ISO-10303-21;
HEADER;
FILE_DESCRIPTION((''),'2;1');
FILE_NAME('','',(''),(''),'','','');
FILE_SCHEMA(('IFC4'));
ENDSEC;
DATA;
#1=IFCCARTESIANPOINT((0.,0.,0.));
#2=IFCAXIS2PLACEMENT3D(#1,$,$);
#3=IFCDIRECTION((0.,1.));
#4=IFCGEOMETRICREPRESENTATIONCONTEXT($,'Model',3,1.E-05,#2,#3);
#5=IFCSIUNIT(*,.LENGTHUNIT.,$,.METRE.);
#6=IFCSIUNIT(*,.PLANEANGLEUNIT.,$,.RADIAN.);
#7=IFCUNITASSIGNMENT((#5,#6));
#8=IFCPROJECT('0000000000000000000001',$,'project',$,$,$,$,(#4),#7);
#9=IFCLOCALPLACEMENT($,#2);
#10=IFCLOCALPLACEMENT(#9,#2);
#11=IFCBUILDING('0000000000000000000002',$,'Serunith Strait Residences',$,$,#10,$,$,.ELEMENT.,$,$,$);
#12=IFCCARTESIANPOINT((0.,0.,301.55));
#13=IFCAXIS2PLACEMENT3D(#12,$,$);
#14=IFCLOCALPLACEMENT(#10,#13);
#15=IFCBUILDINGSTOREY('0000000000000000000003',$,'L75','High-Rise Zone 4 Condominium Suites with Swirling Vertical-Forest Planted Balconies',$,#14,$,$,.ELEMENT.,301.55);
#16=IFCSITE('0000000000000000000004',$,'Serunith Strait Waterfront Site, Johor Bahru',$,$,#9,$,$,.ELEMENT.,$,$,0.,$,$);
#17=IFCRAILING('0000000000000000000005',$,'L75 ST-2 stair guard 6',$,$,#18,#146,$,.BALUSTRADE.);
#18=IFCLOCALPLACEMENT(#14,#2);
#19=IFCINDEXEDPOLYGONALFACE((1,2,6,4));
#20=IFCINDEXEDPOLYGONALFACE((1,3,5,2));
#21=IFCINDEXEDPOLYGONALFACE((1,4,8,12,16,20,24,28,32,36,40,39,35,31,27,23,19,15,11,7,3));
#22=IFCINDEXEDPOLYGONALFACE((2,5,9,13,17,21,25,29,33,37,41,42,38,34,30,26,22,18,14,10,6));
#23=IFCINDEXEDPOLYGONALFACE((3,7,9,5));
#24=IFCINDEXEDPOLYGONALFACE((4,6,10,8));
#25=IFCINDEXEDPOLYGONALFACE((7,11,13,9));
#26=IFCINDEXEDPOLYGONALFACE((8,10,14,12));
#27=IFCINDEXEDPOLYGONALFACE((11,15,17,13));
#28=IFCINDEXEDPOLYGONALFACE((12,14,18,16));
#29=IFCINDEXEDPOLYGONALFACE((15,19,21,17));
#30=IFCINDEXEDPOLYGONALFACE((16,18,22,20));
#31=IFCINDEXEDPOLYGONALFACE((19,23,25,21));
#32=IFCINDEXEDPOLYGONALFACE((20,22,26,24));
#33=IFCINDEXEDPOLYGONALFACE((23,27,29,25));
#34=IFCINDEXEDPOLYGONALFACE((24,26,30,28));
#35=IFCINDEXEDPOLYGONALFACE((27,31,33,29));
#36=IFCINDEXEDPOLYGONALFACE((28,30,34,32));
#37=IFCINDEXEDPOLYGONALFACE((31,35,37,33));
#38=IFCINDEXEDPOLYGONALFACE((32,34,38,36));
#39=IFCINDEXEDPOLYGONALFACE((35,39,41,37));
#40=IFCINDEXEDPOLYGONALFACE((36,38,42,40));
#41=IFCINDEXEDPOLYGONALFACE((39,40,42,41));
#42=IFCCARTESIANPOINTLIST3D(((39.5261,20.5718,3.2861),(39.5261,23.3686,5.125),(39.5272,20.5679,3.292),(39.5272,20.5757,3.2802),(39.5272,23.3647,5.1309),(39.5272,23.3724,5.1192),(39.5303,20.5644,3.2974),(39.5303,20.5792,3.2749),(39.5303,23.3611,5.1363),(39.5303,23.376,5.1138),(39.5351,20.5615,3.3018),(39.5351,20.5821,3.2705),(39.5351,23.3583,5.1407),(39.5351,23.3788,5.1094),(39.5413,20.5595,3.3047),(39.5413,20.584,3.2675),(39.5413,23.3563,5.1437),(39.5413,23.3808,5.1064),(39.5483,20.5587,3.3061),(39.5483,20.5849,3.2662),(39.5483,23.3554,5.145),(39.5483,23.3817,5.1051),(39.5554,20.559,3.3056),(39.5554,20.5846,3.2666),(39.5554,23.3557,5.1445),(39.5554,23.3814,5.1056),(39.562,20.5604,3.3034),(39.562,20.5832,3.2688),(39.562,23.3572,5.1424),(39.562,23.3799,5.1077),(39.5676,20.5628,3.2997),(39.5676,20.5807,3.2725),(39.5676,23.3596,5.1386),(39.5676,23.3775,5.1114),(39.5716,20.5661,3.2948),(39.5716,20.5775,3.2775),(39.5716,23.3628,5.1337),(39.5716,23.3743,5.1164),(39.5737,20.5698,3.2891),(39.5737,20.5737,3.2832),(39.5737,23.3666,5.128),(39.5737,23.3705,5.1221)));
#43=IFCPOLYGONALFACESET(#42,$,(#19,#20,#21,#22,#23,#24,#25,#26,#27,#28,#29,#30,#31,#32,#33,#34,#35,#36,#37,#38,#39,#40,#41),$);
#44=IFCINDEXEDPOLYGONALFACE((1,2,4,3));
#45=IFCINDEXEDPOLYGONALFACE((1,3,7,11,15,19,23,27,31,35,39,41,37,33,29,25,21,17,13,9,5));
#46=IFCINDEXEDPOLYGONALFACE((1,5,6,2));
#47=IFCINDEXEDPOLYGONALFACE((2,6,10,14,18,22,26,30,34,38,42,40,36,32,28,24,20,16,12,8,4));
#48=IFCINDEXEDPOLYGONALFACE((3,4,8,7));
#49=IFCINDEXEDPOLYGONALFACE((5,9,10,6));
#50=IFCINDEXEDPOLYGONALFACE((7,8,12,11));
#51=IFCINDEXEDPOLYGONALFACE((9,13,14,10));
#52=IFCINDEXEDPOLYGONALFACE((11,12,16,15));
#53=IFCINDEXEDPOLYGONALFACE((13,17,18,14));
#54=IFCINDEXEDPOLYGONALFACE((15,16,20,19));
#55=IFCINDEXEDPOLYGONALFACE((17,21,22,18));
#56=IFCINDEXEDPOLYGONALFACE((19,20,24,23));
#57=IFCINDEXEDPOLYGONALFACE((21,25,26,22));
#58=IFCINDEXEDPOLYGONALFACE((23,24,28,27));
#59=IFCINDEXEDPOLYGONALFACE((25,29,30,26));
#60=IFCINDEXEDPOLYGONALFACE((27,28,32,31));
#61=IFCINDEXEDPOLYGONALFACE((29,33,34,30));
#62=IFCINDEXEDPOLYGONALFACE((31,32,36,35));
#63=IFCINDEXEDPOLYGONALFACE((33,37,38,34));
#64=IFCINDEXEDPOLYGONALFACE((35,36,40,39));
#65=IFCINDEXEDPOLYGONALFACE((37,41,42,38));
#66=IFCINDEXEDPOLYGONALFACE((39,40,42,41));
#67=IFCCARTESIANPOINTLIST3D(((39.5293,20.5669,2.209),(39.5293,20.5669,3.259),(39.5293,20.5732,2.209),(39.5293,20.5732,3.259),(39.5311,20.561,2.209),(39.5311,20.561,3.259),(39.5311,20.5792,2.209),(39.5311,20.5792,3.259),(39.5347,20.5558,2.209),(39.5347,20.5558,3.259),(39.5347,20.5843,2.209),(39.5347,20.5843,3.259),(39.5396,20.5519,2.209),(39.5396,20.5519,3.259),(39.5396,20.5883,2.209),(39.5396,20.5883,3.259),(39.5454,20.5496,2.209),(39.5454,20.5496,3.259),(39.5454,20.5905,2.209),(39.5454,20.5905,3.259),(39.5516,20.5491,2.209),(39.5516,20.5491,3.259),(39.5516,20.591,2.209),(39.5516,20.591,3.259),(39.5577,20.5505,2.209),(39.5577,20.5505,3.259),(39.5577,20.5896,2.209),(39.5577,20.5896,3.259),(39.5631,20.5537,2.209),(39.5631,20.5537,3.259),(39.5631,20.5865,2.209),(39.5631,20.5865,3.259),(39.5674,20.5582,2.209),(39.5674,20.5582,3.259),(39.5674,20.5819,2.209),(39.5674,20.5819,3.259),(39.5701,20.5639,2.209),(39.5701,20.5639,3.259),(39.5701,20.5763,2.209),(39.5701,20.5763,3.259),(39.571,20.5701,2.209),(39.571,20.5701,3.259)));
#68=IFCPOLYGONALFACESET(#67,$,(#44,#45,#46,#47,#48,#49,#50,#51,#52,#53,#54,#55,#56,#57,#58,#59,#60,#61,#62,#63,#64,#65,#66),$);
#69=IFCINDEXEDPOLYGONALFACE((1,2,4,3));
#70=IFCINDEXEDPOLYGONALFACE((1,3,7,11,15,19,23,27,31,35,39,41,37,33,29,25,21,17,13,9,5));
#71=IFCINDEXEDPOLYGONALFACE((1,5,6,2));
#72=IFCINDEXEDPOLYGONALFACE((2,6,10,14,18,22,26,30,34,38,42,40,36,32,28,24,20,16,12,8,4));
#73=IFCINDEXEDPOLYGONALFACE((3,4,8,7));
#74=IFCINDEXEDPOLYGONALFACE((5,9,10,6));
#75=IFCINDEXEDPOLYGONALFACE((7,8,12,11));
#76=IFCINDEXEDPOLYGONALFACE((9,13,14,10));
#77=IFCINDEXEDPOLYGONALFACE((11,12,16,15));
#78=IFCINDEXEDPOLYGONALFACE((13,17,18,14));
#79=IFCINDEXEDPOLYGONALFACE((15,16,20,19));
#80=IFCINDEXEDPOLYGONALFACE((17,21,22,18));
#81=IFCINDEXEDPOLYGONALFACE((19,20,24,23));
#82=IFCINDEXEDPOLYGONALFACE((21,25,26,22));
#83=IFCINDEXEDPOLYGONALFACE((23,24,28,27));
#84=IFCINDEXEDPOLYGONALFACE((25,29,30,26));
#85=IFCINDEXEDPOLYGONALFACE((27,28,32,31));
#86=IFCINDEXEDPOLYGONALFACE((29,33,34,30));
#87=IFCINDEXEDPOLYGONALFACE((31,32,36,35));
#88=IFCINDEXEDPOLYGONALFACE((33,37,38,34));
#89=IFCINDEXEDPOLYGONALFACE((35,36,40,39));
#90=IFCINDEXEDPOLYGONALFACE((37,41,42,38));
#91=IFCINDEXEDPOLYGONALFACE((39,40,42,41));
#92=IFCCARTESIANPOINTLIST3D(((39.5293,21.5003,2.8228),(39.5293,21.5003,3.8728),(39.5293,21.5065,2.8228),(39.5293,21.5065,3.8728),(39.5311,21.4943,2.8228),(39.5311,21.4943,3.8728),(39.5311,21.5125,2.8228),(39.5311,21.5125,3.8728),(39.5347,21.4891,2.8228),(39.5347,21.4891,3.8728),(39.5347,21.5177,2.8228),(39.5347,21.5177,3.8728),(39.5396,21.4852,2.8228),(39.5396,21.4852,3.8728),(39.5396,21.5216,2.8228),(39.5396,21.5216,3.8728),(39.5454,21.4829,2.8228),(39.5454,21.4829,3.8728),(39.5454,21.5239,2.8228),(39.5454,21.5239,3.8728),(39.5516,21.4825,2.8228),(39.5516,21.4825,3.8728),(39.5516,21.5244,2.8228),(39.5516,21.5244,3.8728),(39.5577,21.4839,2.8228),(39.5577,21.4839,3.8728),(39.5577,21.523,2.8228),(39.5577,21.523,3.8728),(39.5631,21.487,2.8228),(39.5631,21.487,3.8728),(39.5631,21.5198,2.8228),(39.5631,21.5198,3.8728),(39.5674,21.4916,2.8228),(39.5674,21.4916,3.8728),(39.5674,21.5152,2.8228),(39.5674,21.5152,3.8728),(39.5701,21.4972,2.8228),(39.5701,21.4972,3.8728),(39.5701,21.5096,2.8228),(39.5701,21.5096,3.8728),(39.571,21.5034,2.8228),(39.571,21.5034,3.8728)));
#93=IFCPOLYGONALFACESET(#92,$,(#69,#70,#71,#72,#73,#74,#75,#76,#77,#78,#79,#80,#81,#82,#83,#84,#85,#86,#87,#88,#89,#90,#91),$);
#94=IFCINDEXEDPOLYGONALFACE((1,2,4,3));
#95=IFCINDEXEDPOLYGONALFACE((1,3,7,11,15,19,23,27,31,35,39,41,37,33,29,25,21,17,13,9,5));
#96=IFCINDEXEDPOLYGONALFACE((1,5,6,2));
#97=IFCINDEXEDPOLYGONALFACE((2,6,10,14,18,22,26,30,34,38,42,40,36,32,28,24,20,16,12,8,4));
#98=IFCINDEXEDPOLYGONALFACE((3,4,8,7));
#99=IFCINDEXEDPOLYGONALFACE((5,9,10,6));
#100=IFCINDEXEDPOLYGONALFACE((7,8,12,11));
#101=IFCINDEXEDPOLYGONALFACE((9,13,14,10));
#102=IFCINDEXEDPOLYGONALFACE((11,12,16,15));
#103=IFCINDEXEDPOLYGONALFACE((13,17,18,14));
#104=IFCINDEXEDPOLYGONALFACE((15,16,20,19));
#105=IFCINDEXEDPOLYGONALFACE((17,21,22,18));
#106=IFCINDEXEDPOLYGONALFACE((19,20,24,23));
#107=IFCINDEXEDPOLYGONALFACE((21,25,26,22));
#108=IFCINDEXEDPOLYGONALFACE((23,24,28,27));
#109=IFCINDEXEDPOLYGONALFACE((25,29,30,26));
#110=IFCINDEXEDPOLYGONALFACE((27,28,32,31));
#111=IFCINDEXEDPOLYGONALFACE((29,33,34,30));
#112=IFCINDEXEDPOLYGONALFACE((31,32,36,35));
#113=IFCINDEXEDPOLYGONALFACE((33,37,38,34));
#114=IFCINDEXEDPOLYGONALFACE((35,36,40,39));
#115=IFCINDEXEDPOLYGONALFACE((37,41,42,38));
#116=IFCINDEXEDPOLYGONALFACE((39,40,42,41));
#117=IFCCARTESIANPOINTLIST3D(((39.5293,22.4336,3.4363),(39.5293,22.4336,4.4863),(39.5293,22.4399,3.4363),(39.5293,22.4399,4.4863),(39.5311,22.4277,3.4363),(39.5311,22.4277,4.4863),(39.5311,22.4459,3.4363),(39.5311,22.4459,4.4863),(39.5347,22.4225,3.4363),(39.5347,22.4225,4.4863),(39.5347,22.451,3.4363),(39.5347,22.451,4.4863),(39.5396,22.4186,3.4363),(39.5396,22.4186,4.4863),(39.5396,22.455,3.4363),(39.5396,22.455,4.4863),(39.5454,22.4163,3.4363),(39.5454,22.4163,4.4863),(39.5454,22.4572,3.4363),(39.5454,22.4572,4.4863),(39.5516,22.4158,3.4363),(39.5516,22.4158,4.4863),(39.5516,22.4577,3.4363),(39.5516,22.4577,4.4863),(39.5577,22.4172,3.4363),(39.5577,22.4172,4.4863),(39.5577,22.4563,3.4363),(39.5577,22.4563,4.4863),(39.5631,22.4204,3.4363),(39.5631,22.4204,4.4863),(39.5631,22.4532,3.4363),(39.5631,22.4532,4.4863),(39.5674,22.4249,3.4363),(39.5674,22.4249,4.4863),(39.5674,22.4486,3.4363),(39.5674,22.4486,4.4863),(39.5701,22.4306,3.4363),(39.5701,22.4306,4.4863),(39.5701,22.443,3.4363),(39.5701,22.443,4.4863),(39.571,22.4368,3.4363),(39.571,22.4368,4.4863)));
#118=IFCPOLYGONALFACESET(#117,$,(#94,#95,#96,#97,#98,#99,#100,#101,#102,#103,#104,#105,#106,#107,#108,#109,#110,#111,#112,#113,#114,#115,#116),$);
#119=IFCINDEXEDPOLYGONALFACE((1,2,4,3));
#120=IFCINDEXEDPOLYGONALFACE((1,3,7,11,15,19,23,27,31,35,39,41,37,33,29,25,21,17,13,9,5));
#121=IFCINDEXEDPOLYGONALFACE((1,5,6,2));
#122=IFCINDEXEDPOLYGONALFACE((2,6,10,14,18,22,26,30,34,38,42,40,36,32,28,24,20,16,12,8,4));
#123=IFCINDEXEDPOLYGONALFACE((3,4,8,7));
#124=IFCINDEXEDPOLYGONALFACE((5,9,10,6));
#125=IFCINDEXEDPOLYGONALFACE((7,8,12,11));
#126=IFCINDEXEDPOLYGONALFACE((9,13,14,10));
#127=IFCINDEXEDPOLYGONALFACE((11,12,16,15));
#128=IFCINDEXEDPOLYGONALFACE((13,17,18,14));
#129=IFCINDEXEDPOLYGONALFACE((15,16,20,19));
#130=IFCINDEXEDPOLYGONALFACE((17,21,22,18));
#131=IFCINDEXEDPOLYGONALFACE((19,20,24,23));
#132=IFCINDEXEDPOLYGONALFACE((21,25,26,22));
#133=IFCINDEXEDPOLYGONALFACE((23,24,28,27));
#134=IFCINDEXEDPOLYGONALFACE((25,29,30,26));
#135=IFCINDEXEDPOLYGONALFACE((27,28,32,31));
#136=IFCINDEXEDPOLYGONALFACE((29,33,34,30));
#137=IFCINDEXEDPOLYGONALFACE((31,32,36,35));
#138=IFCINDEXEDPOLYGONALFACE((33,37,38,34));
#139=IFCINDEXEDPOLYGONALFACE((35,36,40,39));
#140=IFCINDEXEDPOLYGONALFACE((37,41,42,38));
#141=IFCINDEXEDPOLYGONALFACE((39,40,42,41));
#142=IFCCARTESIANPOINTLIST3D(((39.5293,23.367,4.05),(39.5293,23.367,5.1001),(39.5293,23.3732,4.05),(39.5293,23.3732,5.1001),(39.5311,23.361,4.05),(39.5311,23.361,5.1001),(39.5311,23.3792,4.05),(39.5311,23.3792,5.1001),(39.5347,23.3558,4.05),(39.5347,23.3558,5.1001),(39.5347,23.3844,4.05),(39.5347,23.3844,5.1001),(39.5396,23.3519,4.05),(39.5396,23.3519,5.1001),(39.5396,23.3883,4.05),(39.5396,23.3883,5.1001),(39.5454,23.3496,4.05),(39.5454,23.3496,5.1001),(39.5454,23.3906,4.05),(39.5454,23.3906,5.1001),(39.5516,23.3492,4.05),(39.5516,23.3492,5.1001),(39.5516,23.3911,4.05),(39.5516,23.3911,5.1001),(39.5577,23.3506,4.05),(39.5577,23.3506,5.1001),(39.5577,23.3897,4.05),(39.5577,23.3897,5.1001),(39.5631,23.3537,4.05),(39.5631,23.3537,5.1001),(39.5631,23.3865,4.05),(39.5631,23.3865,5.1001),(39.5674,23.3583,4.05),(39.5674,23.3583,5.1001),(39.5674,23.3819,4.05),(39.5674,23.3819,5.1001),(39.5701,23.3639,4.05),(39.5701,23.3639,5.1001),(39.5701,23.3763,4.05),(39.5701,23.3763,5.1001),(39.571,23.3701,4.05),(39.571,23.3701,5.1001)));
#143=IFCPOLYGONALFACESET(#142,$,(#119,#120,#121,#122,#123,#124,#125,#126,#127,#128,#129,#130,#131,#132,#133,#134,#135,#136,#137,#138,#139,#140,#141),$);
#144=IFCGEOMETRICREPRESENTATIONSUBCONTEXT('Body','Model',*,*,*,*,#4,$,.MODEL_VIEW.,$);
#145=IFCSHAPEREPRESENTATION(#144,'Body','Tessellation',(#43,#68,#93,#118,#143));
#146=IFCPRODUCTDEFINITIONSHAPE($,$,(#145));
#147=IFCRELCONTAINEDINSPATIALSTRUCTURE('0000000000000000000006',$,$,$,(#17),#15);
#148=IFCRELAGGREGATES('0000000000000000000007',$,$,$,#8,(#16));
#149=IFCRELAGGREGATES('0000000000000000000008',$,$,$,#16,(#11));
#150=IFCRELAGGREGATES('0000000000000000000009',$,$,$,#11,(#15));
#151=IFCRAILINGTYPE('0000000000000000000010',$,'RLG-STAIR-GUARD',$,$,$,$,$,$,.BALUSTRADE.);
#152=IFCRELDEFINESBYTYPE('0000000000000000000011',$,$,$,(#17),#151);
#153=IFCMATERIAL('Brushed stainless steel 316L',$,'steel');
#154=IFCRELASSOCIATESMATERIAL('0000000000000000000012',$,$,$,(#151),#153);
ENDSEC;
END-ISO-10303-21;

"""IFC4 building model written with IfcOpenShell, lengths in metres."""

from ifc_helpers import new_model, si_unit, direction, frame, origin, origin_2d, place, context, subcontext, project, spatial, circle, extrude, material, type_object, element, save


model = new_model("IFC4")

# Units and contexts
model_context = context("Model", 3, precision=1e-05, world=origin(), true_north=direction((0.0, 1.0)))
body_context = subcontext(model_context, "Body", "Model", "MODEL_VIEW")
ifc_project = project(units=[si_unit("LENGTHUNIT", "METRE"), si_unit("PLANEANGLEUNIT", "RADIAN")], contexts=[model_context])

# Site, building, storey
site_placement = place(None, origin())
site = spatial("IfcSite", under=ifc_project, at=site_placement, Name="Serunith Strait Waterfront Site, Johor Bahru", CompositionType="ELEMENT", RefElevation=0.0)
building_placement = place(site_placement, origin())
building = spatial("IfcBuilding", under=site, at=building_placement, Name="Serunith Strait Residences", CompositionType="ELEMENT")
storey_placement = place(building_placement, frame((0.0, 0.0, 301.55)))
storey = spatial("IfcBuildingStorey", under=building, at=storey_placement, Name="L75", Description="High-Rise Zone 4 Condominium Suites with Swirling Vertical-Forest Planted Balconies", CompositionType="ELEMENT", Elevation=301.55)

# Railing
ifc_material_1 = material(Name="Brushed stainless steel 316L", Category="steel")
railing_type_1 = type_object("IfcRailingType", Name="RLG-STAIR-GUARD", PredefinedType="BALUSTRADE", material=ifc_material_1)
railing_1_placement = place(storey_placement, frame((39.55, 20.5701, 2.209)))
element("IfcRailing", 1, at=railing_1_placement, inside=storey, type_object=railing_type_1, Name="L75 ST-2 stair guard 6", PredefinedType="BALUSTRADE", context=body_context, shape_type="SweptSolid", body=[
    extrude(circle(Radius=0.0239, at=origin_2d()), frame((0.0, 0.0017, 1.0771), z_axis=(0.0, 0.835564, 0.549393), x_axis=(-1.0, 0.0, 0.0)), (0.0, 0.0, 1.0), 3.3472),
    extrude(circle(Radius=0.021, at=origin_2d()), origin(), (0.0, 0.0, 1.0), 1.05),
    extrude(circle(Radius=0.021, at=origin_2d()), frame((0.0, 0.9333, 0.6138)), (0.0, 0.0, 1.0), 1.05),
    extrude(circle(Radius=0.021, at=origin_2d()), frame((0.0, 1.8667, 1.2273)), (0.0, 0.0, 1.0), 1.05),
    extrude(circle(Radius=0.021, at=origin_2d()), frame((0.0, 2.8, 1.8411)), (0.0, 0.0, 1.0), 1.05),
])

save(model, "model.ifc")
